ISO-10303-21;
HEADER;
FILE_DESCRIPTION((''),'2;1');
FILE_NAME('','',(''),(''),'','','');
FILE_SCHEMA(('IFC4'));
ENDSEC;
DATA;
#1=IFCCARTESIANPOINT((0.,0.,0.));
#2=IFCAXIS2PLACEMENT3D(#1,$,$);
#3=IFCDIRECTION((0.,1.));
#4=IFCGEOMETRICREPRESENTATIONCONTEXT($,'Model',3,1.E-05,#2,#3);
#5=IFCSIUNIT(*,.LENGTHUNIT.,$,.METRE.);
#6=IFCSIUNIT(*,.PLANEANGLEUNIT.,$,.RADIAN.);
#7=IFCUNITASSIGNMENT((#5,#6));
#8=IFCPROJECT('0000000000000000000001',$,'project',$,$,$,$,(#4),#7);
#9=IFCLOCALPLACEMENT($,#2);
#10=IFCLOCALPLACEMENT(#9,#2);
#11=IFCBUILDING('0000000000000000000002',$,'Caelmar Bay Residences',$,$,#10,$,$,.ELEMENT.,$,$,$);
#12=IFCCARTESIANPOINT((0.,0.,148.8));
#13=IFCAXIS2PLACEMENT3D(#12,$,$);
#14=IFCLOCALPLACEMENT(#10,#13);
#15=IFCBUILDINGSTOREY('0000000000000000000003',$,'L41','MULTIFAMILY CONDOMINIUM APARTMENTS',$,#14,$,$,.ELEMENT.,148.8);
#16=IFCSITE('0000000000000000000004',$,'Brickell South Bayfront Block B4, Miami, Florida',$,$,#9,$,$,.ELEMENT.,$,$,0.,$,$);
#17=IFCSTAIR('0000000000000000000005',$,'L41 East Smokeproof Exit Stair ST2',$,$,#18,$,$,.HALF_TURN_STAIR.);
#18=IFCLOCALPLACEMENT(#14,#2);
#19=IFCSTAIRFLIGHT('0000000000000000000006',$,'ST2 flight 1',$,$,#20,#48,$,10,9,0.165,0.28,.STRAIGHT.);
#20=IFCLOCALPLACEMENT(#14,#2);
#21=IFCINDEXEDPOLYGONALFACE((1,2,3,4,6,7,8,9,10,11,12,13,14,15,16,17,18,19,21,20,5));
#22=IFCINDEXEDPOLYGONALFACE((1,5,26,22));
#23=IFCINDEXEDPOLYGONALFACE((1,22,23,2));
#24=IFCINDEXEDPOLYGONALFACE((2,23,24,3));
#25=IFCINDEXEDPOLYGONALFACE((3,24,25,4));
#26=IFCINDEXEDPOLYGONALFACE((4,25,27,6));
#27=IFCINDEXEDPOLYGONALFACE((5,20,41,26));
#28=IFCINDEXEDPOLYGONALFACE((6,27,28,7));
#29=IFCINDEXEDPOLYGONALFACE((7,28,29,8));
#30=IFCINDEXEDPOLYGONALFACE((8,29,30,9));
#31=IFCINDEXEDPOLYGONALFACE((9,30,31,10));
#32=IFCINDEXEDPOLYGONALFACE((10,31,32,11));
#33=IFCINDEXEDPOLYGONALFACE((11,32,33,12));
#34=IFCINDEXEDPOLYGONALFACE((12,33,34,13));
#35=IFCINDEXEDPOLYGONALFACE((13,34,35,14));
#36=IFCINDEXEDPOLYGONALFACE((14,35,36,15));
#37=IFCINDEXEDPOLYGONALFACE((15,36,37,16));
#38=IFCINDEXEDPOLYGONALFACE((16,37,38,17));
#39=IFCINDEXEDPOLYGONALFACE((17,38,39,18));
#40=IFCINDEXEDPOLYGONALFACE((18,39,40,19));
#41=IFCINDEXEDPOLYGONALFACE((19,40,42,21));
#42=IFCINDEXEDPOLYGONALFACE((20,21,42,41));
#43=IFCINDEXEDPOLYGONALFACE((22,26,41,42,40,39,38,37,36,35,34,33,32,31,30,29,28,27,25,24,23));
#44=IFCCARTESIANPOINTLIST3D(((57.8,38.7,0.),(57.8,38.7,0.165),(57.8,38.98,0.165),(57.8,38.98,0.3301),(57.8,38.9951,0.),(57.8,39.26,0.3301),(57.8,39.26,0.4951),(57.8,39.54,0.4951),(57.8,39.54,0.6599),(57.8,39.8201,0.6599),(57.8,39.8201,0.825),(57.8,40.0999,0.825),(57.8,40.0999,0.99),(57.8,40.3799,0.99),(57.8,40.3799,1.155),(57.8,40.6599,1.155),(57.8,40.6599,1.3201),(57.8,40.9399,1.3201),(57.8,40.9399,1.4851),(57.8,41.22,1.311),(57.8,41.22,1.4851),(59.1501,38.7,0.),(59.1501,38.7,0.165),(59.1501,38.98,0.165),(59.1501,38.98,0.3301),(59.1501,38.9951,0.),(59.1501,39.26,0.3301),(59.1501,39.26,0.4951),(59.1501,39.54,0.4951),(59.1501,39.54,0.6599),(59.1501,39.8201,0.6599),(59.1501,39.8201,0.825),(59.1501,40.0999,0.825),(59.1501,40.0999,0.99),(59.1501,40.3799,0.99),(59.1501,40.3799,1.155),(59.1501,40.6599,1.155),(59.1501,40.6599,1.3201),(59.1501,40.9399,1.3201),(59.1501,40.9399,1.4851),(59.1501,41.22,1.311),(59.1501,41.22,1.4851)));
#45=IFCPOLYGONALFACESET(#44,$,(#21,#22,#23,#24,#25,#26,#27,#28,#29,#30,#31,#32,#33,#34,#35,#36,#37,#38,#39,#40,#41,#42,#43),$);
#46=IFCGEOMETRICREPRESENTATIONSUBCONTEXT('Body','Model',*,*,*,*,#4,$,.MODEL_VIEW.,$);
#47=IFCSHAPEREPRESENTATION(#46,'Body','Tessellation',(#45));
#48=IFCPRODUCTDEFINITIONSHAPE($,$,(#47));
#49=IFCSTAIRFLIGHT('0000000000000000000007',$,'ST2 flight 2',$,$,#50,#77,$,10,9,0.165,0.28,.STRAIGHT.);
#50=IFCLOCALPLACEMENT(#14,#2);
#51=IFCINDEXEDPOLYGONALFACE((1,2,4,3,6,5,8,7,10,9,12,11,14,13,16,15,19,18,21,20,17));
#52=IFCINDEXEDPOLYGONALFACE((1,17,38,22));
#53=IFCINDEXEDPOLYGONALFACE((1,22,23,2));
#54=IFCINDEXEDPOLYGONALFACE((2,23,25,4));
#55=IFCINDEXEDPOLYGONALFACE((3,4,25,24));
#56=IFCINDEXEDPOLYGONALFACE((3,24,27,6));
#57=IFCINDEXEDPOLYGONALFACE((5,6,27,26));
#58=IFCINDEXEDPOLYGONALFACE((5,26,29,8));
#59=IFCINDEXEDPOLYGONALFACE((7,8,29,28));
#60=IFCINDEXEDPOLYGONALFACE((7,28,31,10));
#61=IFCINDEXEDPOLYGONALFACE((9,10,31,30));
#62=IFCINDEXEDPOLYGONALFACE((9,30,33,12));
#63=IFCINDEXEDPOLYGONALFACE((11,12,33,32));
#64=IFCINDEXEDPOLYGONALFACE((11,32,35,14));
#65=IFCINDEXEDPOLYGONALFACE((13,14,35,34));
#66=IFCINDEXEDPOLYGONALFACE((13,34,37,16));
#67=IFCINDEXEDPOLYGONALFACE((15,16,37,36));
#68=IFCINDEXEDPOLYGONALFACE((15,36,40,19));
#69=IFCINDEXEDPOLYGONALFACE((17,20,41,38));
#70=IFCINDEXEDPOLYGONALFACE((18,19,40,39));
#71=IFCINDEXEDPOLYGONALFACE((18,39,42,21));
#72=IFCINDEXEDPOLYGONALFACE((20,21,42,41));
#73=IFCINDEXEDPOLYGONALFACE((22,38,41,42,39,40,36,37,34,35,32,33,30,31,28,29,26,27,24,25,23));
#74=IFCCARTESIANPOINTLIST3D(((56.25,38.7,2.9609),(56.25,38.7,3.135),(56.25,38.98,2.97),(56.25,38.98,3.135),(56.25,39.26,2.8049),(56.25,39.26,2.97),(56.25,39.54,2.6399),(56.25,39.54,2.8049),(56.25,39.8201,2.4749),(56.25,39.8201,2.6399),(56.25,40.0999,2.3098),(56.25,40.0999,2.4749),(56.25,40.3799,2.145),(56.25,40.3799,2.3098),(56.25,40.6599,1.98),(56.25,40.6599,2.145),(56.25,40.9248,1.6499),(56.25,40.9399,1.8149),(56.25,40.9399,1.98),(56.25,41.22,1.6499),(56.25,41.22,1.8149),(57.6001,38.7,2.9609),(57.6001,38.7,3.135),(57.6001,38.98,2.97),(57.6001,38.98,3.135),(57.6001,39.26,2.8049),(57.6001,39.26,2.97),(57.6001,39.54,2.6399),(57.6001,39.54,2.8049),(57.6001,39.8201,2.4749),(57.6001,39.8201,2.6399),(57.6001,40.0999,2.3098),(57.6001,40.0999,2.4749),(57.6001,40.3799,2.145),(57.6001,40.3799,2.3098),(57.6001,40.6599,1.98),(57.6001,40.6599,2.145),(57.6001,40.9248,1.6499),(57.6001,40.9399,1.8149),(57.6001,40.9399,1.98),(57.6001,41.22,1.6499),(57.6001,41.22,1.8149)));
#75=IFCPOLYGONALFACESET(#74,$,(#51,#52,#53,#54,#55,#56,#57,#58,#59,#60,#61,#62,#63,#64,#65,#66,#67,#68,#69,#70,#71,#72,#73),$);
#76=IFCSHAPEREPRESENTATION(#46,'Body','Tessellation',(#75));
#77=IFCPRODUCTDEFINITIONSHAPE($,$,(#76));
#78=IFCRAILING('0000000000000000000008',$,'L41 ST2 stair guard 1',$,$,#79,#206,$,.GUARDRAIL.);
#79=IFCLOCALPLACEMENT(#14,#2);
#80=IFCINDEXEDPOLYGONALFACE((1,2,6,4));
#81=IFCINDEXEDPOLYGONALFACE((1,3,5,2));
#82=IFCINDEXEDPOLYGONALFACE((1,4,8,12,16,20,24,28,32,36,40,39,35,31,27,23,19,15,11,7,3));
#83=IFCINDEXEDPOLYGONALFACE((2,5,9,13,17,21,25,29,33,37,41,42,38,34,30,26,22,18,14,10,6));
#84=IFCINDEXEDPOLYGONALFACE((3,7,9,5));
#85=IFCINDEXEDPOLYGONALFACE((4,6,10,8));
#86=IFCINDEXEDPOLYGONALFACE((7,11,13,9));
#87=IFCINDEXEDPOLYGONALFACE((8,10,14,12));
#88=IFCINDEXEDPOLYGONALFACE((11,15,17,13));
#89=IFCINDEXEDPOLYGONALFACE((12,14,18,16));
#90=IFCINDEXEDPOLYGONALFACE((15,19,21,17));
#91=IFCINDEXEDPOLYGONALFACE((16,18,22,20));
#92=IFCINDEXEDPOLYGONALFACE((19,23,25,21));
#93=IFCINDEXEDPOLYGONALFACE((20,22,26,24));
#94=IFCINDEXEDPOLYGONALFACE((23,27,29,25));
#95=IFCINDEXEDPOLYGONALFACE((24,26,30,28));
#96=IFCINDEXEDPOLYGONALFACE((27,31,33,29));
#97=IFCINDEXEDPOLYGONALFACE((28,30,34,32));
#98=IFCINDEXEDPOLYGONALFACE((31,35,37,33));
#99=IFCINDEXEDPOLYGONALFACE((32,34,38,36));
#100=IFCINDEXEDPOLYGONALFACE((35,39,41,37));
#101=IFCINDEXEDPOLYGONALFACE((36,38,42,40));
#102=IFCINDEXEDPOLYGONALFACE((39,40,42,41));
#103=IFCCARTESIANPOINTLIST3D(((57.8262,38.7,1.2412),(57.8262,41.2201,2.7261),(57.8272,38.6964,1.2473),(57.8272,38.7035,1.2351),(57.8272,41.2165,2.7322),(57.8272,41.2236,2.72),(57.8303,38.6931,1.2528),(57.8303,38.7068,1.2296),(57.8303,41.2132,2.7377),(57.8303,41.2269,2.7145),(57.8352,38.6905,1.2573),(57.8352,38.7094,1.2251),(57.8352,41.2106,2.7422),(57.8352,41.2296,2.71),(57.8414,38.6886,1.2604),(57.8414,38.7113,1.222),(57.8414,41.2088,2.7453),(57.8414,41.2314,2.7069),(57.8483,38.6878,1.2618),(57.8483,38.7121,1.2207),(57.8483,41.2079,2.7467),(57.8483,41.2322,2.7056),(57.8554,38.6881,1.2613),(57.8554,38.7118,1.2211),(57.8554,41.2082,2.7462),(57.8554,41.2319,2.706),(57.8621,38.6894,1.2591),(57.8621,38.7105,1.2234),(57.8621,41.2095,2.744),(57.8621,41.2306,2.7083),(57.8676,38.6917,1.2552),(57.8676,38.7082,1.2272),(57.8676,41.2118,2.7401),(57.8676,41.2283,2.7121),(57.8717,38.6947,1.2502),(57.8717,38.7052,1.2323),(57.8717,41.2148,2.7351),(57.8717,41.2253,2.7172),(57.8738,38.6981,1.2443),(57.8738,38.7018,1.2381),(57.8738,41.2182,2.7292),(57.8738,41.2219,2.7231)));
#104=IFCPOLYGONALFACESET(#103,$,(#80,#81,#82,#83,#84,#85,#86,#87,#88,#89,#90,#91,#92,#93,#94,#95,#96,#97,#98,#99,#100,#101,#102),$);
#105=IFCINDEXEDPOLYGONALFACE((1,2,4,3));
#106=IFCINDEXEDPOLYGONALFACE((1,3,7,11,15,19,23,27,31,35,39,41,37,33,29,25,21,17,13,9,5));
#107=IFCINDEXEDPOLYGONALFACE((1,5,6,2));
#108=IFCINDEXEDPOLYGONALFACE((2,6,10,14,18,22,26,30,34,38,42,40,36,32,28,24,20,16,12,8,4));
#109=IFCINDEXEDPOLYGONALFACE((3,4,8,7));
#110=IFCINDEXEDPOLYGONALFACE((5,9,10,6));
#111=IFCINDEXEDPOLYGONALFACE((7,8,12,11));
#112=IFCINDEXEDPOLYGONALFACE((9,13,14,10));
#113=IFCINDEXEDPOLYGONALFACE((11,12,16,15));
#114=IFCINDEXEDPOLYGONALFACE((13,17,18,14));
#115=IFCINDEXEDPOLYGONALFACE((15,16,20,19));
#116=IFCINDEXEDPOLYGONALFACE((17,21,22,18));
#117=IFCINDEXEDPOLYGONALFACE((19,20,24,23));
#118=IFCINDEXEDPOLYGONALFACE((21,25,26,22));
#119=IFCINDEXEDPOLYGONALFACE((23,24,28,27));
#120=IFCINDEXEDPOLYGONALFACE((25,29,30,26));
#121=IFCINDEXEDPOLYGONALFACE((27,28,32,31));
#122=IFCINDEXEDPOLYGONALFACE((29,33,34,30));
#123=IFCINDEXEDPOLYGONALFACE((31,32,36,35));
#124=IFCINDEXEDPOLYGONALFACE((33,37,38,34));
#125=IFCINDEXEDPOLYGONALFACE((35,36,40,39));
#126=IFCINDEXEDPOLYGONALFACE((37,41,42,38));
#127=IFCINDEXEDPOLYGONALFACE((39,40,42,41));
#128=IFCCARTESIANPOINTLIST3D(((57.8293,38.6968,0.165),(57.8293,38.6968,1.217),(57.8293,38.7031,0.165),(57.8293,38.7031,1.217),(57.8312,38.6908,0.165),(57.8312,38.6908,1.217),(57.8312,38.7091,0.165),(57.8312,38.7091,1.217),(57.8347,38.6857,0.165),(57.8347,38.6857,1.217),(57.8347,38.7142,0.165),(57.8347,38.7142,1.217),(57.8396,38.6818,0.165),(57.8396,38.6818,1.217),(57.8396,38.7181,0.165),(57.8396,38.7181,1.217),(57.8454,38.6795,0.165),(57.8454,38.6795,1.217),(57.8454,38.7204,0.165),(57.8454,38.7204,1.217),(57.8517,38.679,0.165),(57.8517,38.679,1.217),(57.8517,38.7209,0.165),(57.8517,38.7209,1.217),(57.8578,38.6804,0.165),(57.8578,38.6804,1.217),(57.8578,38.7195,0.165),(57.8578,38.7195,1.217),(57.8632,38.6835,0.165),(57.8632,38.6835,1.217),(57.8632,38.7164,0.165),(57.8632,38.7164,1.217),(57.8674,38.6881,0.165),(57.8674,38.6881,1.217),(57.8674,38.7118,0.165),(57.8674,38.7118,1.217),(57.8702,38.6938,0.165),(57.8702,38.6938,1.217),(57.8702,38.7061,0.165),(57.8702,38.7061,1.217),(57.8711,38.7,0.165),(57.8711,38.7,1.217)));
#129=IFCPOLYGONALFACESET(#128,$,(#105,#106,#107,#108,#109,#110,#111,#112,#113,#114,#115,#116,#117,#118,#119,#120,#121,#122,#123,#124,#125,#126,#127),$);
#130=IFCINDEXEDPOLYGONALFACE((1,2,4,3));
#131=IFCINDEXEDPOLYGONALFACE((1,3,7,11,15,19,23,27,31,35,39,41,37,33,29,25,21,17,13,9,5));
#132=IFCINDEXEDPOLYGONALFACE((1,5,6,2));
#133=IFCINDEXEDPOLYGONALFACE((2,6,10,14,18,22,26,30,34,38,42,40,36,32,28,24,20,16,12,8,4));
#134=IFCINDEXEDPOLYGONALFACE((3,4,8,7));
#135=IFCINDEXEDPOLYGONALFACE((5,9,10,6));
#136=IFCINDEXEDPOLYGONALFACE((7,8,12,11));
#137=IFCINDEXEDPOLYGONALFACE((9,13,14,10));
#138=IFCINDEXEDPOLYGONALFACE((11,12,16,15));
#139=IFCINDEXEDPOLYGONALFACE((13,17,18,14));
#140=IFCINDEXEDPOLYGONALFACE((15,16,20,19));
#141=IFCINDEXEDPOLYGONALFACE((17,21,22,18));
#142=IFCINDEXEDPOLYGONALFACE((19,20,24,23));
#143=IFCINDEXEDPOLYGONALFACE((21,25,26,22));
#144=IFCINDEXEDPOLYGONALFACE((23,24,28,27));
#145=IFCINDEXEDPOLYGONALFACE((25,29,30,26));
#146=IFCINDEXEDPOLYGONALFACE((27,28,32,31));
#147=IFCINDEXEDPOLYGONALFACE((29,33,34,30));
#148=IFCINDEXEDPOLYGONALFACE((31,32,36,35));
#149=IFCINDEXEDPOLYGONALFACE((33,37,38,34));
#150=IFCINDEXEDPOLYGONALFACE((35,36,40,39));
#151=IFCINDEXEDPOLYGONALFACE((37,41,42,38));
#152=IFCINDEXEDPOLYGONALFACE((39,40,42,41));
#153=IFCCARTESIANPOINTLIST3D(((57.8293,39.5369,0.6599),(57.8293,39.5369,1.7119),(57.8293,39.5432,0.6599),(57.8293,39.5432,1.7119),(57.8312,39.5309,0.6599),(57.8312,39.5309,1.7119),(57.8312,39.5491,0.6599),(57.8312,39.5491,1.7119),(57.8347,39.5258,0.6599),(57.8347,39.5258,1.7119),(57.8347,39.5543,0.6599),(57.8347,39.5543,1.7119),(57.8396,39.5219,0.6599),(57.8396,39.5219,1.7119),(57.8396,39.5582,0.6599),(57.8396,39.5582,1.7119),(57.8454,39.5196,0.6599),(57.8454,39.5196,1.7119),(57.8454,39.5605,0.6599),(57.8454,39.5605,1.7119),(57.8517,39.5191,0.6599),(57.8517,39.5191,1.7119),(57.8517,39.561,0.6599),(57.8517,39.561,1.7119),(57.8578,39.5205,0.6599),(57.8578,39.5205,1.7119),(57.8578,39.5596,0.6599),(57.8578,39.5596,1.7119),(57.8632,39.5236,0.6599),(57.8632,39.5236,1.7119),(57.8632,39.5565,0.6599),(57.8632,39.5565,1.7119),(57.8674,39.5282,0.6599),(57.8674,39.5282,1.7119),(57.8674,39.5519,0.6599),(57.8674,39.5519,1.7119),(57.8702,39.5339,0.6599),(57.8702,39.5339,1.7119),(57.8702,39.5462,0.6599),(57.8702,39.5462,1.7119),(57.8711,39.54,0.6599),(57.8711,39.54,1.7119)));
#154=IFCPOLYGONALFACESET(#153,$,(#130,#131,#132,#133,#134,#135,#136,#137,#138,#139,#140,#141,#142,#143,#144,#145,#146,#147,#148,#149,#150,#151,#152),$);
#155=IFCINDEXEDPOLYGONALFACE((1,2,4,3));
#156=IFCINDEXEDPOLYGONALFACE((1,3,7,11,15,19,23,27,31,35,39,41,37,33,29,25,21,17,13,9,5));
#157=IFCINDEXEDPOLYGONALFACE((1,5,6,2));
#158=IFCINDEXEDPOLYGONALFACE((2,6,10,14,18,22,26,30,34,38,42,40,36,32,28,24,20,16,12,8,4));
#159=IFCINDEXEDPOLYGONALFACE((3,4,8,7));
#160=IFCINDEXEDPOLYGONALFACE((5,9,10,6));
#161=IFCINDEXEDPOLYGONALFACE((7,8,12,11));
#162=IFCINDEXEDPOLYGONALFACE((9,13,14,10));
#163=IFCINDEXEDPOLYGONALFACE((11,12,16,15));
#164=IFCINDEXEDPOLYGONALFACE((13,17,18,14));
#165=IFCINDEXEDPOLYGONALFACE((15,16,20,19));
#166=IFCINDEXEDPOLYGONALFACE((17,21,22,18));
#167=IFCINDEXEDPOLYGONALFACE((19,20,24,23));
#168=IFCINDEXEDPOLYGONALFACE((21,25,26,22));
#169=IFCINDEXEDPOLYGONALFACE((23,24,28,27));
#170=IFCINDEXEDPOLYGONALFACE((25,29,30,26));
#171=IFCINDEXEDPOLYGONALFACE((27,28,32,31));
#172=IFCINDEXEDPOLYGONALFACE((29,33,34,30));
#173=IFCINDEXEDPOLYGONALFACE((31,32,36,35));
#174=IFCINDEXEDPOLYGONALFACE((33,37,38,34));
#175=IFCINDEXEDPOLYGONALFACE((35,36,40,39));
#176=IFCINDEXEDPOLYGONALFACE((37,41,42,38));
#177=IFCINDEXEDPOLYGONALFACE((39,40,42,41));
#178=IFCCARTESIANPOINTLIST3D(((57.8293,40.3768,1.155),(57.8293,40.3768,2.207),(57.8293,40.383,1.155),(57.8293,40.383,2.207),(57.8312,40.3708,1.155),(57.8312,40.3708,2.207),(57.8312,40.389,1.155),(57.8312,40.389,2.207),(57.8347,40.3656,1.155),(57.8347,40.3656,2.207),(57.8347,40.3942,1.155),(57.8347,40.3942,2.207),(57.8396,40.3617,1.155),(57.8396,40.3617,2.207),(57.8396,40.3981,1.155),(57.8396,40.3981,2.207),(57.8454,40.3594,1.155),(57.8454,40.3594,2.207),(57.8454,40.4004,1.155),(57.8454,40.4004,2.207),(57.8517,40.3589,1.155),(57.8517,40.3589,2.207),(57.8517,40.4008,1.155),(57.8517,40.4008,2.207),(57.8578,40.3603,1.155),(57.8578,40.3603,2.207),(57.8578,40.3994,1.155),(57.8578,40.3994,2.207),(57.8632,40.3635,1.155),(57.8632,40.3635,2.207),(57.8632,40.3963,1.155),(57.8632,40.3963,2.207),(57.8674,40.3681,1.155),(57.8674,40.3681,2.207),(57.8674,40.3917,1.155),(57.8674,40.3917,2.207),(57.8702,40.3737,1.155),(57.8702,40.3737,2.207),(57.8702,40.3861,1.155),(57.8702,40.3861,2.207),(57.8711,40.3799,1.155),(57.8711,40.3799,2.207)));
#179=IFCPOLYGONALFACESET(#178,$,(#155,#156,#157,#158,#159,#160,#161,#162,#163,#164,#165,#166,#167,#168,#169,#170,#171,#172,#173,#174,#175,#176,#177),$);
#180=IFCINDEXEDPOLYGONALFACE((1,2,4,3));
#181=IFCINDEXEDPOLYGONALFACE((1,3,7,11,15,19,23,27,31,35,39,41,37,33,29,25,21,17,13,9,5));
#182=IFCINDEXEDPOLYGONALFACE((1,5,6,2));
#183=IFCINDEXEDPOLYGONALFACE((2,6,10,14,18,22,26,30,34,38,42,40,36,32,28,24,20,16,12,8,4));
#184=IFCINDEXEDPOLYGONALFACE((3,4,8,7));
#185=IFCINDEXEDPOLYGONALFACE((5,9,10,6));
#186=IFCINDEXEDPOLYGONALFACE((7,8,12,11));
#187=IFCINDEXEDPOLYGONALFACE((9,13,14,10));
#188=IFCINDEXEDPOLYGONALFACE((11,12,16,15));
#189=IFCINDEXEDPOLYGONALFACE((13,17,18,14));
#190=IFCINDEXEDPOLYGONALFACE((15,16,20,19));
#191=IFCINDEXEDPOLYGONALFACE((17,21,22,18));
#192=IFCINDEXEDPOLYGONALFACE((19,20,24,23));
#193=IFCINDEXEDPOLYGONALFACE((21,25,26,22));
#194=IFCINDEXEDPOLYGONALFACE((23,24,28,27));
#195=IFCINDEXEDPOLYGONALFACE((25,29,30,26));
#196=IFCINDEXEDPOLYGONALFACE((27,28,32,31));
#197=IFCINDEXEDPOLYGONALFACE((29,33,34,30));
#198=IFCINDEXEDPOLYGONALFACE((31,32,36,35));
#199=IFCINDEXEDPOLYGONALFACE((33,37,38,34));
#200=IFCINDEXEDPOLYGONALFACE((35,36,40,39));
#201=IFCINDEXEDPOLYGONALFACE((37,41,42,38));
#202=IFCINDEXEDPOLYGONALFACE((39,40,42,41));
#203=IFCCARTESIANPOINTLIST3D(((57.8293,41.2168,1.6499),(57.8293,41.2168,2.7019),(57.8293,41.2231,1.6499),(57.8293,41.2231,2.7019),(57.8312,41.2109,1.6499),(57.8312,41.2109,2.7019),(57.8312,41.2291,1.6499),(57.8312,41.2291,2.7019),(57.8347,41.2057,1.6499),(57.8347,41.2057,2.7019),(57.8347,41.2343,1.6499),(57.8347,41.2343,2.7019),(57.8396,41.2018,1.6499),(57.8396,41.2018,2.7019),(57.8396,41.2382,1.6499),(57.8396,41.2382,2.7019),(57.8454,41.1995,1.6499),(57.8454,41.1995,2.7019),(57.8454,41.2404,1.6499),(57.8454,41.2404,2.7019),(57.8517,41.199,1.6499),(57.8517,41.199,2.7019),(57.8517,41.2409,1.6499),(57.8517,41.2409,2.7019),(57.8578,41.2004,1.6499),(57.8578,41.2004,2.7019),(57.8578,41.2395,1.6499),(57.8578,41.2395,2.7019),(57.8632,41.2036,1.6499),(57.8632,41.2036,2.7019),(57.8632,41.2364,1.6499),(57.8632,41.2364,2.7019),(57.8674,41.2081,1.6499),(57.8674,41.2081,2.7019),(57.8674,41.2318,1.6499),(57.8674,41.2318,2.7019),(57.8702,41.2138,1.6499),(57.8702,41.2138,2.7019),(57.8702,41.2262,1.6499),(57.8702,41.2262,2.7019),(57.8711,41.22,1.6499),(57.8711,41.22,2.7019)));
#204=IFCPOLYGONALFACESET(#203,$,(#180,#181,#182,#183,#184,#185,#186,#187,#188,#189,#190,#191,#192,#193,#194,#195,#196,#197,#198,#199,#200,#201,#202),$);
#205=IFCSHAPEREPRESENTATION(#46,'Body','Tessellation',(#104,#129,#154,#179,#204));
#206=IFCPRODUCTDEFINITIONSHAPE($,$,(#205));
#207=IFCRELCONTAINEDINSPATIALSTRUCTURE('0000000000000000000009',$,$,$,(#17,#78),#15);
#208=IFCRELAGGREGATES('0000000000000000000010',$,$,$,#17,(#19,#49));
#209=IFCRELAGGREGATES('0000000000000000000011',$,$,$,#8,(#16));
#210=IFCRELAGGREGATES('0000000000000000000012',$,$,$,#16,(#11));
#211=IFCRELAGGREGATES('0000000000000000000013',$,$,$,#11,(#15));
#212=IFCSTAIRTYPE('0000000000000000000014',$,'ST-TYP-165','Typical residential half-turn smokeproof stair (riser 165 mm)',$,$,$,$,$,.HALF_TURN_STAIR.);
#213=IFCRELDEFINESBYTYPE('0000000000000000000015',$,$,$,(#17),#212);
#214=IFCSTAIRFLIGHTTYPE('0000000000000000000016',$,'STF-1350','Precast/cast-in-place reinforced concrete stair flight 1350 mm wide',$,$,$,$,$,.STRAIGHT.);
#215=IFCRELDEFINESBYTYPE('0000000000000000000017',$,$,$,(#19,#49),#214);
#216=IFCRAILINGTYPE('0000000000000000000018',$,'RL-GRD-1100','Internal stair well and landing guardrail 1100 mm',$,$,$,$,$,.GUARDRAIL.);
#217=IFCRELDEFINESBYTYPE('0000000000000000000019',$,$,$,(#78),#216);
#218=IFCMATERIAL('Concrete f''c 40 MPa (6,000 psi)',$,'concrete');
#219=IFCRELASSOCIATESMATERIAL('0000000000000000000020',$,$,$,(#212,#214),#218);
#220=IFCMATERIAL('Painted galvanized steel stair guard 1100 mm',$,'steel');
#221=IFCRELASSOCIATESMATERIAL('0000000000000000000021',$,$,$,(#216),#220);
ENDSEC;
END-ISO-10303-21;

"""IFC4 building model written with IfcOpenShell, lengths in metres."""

from ifc_helpers import new_model, si_unit, direction, frame, origin, origin_2d, place, context, subcontext, project, spatial, polyline, circle, outline, extrude, material, type_object, element, aggregate, save


model = new_model("IFC4")

# Units and contexts
model_context = context("Model", 3, precision=1e-05, world=origin(), true_north=direction((0.0, 1.0)))
body_context = subcontext(model_context, "Body", "Model", "MODEL_VIEW")
ifc_project = project(units=[si_unit("LENGTHUNIT", "METRE"), si_unit("PLANEANGLEUNIT", "RADIAN")], contexts=[model_context])

# Site, building, storey
site_placement = place(None, origin())
site = spatial("IfcSite", under=ifc_project, at=site_placement, Name="Brickell South Bayfront Block B4, Miami, Florida", CompositionType="ELEMENT", RefElevation=0.0)
building_placement = place(site_placement, origin())
building = spatial("IfcBuilding", under=site, at=building_placement, Name="Caelmar Bay Residences", CompositionType="ELEMENT")
storey_placement = place(building_placement, frame((0.0, 0.0, 148.8)))
storey = spatial("IfcBuildingStorey", under=building, at=storey_placement, Name="L41", Description="MULTIFAMILY CONDOMINIUM APARTMENTS", CompositionType="ELEMENT", Elevation=148.8)

# Stair, stair flights
ifc_material_1 = material(Name="Concrete f'c 40 MPa (6,000 psi)", Category="concrete")
stair_type = type_object("IfcStairType", Name="ST-TYP-165", Description="Typical residential half-turn smokeproof stair (riser 165 mm)", PredefinedType="HALF_TURN_STAIR", material=ifc_material_1)
stair_placement = place(storey_placement, origin())
stair = element("IfcStair", 1, at=stair_placement, inside=storey, type_object=stair_type, Name="L41 East Smokeproof Exit Stair ST2", PredefinedType="HALF_TURN_STAIR")
stair_flight_type = type_object("IfcStairFlightType", Name="STF-1350", Description="Precast/cast-in-place reinforced concrete stair flight 1350 mm wide", PredefinedType="STRAIGHT", material=ifc_material_1)
stair_flight_1_placement = place(storey_placement, frame((58.4751, 38.7, 0.0), z_axis=(0.0, 0.0, 1.0), x_axis=(0.0, 1.0, 0.0)))
stair_flight_1 = element("IfcStairFlight", 2, at=stair_flight_1_placement, type_object=stair_flight_type, Name="ST2 flight 1", NumberOfRisers=10, NumberOfTreads=9, PredefinedType="STRAIGHT", RiserHeight=0.165, TreadLength=0.28, context=body_context, shape_type="SweptSolid", body=[
    extrude(outline(polyline([(0.0, 0.0), (0.0, 0.165), (0.28, 0.165), (0.28, 0.3301), (0.5601, 0.3301), (0.5601, 0.4951), (0.8401, 0.4951), (0.8401, 0.6599), (1.1201, 0.6599), (1.1201, 0.825), (1.3999, 0.825), (1.3999, 0.99), (1.6799, 0.99), (1.6799, 1.155), (1.96, 1.155), (1.96, 1.3201), (2.24, 1.3201), (2.24, 1.4851), (2.52, 1.4851), (2.52, 1.6499), (2.52, 1.311), (0.2952, 0.0), (0.0, 0.0)])), frame((0.0, 0.675, 0.0), z_axis=(0.0, -1.0, 0.0), x_axis=(1.0, 0.0, 0.0)), (0.0, 0.0, 1.0), 1.3501),
])
stair_flight_2_placement = place(storey_placement, frame((56.925, 41.22, 1.6499), z_axis=(0.0, 0.0, 1.0), x_axis=(0.0, -1.0, 0.0)))
stair_flight_2 = element("IfcStairFlight", 3, at=stair_flight_2_placement, type_object=stair_flight_type, Name="ST2 flight 2", NumberOfRisers=10, NumberOfTreads=9, PredefinedType="STRAIGHT", RiserHeight=0.165, TreadLength=0.28, context=body_context, shape_type="SweptSolid", body=[
    extrude(outline(polyline([(0.0, 0.0), (0.0, 0.165), (0.28, 0.165), (0.28, 0.3301), (0.5601, 0.3301), (0.5601, 0.4951), (0.8401, 0.4951), (0.8401, 0.6599), (1.1201, 0.6599), (1.1201, 0.825), (1.3999, 0.825), (1.3999, 0.99), (1.6799, 0.99), (1.6799, 1.155), (1.96, 1.155), (1.96, 1.3201), (2.24, 1.3201), (2.24, 1.4851), (2.52, 1.4851), (2.52, 1.6499), (2.52, 1.311), (0.2952, 0.0), (0.0, 0.0)])), frame((0.0, 0.675, 0.0), z_axis=(0.0, -1.0, 0.0), x_axis=(1.0, 0.0, 0.0)), (0.0, 0.0, 1.0), 1.3501),
])
aggregate(stair, [stair_flight_1, stair_flight_2])

# Railing
ifc_material_2 = material(Name="Painted galvanized steel stair guard 1100 mm", Category="steel")
railing_type_1 = type_object("IfcRailingType", Name="RL-GRD-1100", Description="Internal stair well and landing guardrail 1100 mm", PredefinedType="GUARDRAIL", material=ifc_material_2)
railing_1_placement = place(storey_placement, frame((57.8501, 38.7, 0.165)))
element("IfcRailing", 4, at=railing_1_placement, inside=storey, type_object=railing_type_1, Name="L41 ST2 stair guard 1", PredefinedType="GUARDRAIL", context=body_context, shape_type="SweptSolid", body=[
    extrude(circle(Radius=0.0239, at=origin_2d()), frame((0.0, 0.0, 1.0762), z_axis=(0.0, 0.861561, 0.507655), x_axis=(-1.0, 0.0, 0.0)), (0.0, 0.0, 1.0), 2.925),
    extrude(circle(Radius=0.021, at=origin_2d()), origin(), (0.0, 0.0, 1.0), 1.052),
    extrude(circle(Radius=0.021, at=origin_2d()), frame((0.0, 0.8401, 0.4949)), (0.0, 0.0, 1.0), 1.052),
    extrude(circle(Radius=0.021, at=origin_2d()), frame((0.0, 1.6799, 0.99)), (0.0, 0.0, 1.0), 1.052),
    extrude(circle(Radius=0.021, at=origin_2d()), frame((0.0, 2.52, 1.4849)), (0.0, 0.0, 1.0), 1.052),
])

save(model, "model.ifc")
